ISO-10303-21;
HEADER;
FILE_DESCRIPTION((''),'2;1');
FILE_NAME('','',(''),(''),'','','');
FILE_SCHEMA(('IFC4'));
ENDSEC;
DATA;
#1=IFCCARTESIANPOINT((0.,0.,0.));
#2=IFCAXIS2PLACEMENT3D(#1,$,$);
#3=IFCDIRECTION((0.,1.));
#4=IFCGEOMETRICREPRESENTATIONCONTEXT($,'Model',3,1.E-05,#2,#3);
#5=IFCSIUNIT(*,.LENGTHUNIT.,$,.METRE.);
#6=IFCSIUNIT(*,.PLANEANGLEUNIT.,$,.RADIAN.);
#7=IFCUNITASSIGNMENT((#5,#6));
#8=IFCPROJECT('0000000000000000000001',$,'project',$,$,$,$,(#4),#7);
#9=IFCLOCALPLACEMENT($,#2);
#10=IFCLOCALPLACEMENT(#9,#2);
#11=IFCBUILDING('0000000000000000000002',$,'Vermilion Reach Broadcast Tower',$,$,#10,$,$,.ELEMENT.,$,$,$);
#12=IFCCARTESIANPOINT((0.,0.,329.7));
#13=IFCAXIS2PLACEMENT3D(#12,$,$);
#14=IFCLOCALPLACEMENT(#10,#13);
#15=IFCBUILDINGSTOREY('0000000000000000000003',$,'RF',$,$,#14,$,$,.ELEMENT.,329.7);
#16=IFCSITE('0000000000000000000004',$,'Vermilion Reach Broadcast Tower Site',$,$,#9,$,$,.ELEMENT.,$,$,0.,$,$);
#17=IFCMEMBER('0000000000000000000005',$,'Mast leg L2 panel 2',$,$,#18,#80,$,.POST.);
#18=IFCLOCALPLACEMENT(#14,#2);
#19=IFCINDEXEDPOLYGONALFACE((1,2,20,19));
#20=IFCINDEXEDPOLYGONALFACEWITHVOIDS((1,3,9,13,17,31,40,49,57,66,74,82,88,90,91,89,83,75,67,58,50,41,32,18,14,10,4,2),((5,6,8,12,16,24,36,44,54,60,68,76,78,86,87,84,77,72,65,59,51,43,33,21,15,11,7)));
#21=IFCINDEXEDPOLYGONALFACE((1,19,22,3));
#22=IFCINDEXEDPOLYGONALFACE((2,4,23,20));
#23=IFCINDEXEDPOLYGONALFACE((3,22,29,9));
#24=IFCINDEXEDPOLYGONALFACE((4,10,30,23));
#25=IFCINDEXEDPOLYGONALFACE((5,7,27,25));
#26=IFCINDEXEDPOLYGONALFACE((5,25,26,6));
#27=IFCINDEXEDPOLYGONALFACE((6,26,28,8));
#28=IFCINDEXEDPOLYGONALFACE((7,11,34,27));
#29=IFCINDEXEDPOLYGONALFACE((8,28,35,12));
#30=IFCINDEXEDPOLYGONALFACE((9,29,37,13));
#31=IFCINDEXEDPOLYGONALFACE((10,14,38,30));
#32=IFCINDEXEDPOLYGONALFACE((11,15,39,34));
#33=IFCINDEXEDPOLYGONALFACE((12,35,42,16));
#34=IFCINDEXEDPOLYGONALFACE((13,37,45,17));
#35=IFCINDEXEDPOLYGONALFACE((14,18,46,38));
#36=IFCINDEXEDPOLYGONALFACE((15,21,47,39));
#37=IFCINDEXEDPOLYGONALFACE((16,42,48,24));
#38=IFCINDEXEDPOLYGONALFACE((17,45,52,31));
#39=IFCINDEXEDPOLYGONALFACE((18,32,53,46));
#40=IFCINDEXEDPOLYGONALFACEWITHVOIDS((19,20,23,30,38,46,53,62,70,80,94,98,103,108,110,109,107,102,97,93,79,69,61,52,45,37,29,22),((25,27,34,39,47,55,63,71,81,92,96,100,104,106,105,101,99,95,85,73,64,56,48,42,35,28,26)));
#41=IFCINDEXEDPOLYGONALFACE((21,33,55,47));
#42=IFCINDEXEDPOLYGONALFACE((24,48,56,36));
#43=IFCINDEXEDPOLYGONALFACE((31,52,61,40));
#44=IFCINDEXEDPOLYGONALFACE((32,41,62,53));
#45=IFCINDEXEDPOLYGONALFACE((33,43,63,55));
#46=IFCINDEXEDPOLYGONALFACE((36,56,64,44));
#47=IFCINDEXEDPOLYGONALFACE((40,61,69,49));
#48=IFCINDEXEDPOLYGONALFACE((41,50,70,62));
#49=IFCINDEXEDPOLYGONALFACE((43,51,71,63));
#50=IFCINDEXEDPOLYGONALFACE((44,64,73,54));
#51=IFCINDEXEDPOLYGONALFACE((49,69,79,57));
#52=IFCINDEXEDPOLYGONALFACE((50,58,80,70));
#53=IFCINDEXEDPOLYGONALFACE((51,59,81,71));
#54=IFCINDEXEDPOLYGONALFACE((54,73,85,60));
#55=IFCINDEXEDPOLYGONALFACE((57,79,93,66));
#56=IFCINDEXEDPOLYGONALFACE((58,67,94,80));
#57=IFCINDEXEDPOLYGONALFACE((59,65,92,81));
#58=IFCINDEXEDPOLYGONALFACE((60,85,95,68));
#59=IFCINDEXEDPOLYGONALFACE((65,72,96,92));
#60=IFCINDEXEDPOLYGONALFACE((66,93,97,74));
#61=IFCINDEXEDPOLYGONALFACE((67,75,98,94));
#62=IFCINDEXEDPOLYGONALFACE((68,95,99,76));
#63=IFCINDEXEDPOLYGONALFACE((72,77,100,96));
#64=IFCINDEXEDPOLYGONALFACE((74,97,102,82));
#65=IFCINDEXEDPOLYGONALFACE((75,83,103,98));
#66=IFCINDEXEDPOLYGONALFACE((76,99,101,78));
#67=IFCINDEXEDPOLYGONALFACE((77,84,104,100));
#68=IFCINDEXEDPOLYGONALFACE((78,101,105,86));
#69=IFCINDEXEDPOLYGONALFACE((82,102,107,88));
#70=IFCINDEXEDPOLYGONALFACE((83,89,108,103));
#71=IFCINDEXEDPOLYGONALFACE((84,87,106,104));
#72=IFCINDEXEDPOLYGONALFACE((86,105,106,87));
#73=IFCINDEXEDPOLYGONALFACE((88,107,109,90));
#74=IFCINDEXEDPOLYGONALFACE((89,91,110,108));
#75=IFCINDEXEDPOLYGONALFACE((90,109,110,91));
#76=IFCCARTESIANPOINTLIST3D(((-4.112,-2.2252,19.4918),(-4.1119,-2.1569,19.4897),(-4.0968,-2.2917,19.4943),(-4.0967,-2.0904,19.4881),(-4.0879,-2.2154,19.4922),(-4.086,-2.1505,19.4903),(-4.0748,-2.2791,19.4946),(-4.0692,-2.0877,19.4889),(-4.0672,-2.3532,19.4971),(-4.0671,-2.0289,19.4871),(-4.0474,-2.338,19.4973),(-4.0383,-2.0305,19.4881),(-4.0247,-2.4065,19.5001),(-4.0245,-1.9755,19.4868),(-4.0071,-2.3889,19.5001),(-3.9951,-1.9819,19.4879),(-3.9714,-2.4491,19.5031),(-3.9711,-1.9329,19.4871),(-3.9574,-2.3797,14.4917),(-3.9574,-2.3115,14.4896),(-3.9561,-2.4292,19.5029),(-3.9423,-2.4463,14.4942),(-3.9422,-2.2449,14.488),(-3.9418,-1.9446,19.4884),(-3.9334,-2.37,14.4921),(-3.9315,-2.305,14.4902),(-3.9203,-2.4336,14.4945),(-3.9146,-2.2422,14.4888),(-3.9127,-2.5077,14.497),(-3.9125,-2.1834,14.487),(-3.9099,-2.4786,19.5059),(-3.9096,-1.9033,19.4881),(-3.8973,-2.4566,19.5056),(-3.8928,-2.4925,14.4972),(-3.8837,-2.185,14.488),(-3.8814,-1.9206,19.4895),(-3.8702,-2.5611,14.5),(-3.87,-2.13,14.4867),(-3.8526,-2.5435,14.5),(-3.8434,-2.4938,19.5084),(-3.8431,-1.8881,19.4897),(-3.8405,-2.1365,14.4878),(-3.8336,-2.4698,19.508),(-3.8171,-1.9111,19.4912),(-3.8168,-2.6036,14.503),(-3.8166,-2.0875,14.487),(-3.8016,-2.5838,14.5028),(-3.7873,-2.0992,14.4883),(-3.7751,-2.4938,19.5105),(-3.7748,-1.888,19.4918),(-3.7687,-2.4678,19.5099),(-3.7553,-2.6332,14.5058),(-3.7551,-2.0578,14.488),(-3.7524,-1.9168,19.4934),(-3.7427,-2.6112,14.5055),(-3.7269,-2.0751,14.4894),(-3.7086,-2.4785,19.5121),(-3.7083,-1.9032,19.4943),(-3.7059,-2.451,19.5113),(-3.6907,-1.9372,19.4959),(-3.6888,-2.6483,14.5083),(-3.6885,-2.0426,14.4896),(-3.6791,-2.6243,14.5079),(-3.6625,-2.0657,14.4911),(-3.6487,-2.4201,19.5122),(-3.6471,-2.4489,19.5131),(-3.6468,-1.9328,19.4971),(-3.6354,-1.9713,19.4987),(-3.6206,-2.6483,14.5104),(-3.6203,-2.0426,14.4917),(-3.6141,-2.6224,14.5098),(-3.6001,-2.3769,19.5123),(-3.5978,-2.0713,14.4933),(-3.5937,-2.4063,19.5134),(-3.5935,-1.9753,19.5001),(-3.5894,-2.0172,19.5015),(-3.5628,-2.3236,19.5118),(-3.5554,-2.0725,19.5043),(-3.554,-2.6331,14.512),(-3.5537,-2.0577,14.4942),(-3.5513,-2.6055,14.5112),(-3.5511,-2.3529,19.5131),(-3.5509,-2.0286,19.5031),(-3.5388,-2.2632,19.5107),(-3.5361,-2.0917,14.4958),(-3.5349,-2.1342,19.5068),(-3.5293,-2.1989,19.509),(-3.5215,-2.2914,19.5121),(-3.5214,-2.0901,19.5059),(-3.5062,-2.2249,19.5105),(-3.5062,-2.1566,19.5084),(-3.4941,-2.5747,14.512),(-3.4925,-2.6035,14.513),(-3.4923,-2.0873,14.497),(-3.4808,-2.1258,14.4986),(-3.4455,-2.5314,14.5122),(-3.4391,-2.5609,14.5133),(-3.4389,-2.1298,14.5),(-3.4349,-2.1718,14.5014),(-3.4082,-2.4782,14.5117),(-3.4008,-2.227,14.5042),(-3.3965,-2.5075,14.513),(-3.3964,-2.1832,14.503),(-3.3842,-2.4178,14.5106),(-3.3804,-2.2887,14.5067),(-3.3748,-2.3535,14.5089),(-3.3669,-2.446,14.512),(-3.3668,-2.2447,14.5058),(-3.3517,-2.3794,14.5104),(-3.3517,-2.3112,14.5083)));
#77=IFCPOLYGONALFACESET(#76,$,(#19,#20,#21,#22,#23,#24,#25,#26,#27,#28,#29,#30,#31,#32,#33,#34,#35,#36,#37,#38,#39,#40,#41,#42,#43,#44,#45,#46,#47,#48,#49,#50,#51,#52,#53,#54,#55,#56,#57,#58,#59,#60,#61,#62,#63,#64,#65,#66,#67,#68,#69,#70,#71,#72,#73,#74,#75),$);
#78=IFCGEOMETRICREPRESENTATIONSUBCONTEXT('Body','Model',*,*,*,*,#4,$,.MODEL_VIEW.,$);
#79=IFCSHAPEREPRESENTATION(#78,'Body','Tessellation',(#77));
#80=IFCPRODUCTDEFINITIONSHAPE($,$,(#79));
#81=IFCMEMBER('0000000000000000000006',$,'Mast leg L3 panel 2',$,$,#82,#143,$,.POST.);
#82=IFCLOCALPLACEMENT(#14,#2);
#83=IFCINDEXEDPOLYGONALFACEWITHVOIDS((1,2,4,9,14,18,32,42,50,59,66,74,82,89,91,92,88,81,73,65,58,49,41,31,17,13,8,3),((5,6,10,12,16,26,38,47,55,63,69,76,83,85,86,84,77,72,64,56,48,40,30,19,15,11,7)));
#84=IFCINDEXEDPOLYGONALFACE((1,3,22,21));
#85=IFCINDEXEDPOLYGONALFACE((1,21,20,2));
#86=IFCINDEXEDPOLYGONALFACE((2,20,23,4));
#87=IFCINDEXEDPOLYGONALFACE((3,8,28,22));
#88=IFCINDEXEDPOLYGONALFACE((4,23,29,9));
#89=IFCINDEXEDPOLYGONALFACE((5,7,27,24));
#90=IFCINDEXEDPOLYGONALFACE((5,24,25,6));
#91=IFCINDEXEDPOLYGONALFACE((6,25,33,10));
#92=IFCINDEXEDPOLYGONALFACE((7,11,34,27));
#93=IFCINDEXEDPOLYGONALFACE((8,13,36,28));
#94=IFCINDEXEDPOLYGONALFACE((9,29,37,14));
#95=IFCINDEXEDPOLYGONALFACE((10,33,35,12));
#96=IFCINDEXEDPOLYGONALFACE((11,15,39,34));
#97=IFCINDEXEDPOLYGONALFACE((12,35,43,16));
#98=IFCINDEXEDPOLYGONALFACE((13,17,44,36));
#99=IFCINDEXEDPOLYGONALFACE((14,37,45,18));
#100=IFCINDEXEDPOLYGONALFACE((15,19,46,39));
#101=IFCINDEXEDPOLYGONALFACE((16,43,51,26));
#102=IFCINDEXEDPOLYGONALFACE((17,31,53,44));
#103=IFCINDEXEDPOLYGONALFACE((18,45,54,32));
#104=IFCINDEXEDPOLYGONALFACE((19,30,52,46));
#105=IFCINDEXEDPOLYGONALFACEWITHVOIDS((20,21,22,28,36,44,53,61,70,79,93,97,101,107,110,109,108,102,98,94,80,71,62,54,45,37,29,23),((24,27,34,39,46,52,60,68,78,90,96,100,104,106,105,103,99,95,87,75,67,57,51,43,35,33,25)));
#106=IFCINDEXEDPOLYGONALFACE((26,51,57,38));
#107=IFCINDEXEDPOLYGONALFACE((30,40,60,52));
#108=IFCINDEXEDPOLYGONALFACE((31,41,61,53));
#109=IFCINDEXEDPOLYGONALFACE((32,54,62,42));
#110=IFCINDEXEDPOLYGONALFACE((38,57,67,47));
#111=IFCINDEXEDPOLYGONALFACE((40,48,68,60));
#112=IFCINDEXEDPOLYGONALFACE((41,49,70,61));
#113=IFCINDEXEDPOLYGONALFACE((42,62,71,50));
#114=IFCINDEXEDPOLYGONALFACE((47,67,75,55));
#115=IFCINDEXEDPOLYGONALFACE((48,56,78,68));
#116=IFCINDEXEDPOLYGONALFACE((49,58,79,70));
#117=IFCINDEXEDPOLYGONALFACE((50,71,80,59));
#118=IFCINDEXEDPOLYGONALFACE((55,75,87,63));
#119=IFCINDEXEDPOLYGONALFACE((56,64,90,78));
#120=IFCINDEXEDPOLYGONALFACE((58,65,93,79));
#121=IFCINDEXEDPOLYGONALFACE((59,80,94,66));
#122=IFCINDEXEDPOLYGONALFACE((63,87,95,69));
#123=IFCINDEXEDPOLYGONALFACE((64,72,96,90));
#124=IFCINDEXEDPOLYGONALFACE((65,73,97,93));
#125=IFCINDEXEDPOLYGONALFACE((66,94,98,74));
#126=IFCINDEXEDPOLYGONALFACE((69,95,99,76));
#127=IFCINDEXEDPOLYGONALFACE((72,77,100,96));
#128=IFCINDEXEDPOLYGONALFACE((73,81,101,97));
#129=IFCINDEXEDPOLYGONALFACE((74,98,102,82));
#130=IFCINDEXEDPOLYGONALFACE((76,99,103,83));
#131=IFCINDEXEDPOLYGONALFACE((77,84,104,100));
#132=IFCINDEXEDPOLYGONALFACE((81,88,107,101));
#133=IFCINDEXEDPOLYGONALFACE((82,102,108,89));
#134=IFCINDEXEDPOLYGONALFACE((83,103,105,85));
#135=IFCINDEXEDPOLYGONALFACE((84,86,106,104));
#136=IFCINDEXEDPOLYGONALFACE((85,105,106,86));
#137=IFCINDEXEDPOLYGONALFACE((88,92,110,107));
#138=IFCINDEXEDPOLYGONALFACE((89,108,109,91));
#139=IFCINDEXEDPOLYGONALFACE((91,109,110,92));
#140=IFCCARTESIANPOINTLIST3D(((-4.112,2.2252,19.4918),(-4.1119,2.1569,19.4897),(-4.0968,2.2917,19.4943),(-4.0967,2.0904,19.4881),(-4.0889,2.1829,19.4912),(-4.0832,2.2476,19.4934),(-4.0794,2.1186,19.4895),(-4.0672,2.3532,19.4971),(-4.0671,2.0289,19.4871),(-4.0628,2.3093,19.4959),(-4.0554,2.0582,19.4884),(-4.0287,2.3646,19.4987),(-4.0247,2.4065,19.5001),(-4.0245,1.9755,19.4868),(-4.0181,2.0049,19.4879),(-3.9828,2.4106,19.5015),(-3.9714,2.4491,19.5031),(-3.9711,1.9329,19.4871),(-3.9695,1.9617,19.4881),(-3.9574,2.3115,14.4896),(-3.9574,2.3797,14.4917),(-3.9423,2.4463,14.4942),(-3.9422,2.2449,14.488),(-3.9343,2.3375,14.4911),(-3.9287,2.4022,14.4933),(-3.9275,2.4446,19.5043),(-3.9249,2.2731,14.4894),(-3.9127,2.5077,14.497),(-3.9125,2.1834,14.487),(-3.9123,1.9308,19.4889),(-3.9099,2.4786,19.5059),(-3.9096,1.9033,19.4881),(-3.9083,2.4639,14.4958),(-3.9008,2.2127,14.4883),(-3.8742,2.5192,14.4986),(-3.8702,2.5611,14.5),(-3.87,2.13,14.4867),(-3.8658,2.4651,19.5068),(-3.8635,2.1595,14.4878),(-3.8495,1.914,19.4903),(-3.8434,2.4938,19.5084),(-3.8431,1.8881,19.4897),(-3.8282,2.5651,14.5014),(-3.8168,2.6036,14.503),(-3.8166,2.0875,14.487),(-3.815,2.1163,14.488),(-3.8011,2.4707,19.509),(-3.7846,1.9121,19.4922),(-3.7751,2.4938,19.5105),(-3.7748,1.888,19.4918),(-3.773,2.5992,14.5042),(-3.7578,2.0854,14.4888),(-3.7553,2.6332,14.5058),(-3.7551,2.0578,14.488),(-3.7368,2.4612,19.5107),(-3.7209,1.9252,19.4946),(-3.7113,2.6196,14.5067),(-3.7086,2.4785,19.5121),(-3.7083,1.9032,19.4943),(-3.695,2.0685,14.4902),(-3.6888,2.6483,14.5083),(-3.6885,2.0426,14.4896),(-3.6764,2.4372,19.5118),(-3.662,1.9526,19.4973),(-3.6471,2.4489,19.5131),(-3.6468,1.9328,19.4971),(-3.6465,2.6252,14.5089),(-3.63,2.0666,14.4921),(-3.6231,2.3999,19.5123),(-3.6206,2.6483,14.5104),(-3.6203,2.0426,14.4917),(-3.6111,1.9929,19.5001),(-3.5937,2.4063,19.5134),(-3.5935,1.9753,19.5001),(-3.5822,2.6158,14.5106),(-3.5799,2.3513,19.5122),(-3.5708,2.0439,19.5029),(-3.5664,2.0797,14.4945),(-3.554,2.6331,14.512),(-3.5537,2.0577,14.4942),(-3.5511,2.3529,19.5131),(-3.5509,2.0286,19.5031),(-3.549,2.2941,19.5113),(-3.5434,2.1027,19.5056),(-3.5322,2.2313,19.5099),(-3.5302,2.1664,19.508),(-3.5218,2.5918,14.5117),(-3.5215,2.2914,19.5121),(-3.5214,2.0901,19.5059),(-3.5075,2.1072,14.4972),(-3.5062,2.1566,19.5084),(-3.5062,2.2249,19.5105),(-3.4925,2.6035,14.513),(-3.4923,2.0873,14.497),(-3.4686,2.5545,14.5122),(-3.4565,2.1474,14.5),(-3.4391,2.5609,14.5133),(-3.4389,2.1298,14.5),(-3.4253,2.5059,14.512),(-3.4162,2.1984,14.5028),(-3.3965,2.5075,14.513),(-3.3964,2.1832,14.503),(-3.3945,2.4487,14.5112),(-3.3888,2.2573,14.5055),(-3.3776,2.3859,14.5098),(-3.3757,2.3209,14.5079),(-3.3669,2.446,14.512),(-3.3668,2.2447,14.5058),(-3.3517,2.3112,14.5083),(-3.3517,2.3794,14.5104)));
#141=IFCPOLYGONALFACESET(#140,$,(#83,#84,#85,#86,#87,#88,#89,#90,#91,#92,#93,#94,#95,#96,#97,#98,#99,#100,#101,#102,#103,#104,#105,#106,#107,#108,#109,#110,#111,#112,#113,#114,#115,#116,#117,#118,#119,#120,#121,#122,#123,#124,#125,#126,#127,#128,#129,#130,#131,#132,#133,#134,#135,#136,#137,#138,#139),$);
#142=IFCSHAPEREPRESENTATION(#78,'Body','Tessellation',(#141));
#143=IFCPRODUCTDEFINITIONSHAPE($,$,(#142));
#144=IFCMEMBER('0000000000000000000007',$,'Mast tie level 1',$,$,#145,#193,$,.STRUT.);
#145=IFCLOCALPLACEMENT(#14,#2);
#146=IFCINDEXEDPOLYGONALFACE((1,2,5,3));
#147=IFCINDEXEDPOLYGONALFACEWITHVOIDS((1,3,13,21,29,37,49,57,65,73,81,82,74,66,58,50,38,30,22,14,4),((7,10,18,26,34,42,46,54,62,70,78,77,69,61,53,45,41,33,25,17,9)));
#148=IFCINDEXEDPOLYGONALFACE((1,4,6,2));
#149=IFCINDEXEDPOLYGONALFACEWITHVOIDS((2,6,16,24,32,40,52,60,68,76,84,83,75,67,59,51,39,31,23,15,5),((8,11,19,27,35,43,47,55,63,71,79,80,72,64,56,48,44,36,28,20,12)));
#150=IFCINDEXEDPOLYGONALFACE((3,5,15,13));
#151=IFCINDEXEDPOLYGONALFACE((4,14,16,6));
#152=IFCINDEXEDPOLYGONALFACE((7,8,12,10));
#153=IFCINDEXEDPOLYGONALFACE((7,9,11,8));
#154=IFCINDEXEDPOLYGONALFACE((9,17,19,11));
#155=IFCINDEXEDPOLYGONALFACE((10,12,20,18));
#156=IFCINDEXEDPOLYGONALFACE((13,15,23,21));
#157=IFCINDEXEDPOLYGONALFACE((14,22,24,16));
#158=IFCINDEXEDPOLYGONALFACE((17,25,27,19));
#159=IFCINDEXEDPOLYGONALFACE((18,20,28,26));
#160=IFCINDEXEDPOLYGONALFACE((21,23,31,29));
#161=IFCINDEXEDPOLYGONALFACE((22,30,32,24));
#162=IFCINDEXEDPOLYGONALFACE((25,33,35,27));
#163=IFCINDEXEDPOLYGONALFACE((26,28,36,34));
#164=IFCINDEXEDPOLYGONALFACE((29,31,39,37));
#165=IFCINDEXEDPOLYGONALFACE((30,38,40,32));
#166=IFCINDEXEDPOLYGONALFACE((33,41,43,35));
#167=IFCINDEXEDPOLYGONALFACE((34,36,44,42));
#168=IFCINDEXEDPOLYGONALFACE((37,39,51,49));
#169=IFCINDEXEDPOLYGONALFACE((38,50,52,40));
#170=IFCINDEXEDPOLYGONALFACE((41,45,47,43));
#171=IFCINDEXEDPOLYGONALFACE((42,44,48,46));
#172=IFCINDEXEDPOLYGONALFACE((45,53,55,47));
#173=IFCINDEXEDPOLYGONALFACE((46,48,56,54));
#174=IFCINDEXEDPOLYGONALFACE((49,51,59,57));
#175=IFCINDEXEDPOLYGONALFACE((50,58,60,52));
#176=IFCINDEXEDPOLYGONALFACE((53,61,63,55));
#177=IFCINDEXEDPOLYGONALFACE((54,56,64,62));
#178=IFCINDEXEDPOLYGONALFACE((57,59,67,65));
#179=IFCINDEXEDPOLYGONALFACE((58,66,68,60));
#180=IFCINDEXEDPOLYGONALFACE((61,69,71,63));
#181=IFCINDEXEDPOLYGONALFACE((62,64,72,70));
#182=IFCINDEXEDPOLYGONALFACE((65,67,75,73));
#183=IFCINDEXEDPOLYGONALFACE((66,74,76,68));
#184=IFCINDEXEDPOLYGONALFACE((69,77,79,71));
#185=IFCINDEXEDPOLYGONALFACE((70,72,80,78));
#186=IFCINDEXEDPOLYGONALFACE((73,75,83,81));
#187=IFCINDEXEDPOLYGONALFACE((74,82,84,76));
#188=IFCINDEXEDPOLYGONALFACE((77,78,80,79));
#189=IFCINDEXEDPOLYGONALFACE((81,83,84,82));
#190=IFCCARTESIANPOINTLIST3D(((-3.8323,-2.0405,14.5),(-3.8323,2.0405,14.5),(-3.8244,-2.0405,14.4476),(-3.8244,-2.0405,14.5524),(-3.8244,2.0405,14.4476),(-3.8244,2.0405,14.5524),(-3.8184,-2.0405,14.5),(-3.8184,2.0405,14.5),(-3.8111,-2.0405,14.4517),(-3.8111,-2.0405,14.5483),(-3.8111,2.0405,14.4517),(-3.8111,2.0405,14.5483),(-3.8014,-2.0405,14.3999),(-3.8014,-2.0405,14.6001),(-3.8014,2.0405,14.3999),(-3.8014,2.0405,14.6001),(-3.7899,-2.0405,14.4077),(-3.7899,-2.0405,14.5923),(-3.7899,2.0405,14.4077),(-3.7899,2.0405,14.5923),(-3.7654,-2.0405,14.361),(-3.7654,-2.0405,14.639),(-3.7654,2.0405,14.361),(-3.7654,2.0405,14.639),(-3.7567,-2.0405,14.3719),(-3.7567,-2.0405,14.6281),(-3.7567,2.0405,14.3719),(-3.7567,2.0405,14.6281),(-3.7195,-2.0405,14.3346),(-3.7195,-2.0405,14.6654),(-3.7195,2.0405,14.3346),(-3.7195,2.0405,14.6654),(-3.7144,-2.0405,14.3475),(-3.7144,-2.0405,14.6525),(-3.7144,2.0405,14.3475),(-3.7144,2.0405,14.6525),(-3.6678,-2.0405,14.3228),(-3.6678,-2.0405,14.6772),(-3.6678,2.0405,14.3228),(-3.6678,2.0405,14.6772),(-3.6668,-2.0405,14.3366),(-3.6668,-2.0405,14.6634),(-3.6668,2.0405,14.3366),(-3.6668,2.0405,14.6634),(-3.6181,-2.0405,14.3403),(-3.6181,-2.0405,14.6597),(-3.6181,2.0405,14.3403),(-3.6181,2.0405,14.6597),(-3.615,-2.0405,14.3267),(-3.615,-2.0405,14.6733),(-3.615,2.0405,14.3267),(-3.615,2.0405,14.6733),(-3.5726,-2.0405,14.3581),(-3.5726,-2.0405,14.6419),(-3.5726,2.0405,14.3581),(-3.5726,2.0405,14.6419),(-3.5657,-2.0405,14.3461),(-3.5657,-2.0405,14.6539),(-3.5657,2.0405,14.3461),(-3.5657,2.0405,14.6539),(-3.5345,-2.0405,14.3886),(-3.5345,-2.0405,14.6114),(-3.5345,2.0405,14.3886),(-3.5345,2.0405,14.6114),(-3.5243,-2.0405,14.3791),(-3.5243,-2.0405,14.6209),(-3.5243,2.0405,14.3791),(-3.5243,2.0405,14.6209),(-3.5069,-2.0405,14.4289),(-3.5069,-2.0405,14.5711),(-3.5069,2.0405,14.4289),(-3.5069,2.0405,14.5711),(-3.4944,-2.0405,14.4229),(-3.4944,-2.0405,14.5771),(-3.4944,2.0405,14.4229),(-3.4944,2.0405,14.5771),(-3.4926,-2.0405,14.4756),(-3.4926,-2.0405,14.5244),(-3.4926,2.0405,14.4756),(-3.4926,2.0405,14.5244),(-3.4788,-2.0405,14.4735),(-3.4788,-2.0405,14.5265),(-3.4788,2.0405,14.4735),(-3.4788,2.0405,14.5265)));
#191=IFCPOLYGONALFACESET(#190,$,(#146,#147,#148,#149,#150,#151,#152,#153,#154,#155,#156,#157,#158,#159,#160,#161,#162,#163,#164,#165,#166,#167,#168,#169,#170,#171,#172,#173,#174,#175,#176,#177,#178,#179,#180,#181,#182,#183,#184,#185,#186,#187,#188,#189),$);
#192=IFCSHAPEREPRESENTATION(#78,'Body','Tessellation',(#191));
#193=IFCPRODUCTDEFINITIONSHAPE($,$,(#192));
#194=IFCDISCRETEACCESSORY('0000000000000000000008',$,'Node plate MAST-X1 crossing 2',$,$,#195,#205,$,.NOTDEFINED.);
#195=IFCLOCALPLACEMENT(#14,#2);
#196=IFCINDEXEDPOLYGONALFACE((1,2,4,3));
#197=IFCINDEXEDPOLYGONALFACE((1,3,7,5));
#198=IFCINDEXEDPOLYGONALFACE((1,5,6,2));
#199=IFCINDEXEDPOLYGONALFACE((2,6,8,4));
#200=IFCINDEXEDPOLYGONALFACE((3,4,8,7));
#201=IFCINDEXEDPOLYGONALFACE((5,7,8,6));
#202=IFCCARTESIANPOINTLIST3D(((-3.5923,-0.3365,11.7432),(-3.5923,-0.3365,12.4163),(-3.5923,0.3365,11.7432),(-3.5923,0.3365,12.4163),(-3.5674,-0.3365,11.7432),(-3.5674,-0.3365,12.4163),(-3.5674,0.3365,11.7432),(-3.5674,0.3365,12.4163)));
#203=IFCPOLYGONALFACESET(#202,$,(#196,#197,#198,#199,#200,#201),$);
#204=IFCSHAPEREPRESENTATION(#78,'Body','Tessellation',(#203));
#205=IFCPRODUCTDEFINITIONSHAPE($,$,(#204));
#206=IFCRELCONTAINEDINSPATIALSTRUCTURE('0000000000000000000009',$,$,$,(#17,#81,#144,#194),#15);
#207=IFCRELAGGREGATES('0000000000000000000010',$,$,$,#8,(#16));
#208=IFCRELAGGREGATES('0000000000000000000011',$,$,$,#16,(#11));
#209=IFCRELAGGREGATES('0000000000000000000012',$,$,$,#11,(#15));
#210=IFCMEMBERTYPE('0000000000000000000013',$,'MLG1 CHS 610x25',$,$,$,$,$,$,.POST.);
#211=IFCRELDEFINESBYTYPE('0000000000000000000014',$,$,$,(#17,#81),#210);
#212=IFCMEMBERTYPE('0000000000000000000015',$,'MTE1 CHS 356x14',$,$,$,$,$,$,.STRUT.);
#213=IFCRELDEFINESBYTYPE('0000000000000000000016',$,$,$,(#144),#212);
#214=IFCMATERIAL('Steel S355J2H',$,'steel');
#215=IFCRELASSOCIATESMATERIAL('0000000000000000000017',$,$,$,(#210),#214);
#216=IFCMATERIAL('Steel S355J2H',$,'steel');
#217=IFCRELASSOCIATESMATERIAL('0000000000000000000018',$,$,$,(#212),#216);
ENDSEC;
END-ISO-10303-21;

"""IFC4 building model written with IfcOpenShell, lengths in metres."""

from ifc_helpers import new_model, si_unit, direction, frame, origin, origin_2d, place, context, subcontext, project, spatial, rectangle, hollow_circle, extrude, material, material_profile, profile_set, type_object, element, save


model = new_model("IFC4")

# Units and contexts
model_context = context("Model", 3, precision=1e-05, world=origin(), true_north=direction((0.0, 1.0)))
body_context = subcontext(model_context, "Body", "Model", "MODEL_VIEW")
ifc_project = project(units=[si_unit("LENGTHUNIT", "METRE"), si_unit("PLANEANGLEUNIT", "RADIAN")], contexts=[model_context])

# Site, building, storey
site_placement = place(None, origin())
site = spatial("IfcSite", under=ifc_project, at=site_placement, Name="Vermilion Reach Broadcast Tower Site", CompositionType="ELEMENT", RefElevation=0.0)
building_placement = place(site_placement, origin())
building = spatial("IfcBuilding", under=site, at=building_placement, Name="Vermilion Reach Broadcast Tower", CompositionType="ELEMENT")
storey_placement = place(building_placement, frame((0.0, 0.0, 329.7)))
storey = spatial("IfcBuildingStorey", under=building, at=storey_placement, Name="RF", CompositionType="ELEMENT", Elevation=329.7)

# Members
ifc_material_1 = material(Name="Steel S355J2H", Category="steel")
ifc_material_profile_1 = material_profile(ifc_material_1, hollow_circle(Radius=0.3049, WallThickness=0.0249, at=origin_2d()), Name="S355J2H CHS 610x25")
ifc_profile_set_1 = profile_set([ifc_material_profile_1], Name="Steel S355J2H")
member_type_1 = type_object("IfcMemberType", Name="MLG1 CHS 610x25", PredefinedType="POST", material=ifc_profile_set_1)
for number, where, z_axis, x_axis, name in (
    (1, (-3.6545, -2.3455, 14.5), (-0.030879, 0.030879, 0.999046), (-0.707107, -0.707107, 0.0), "Mast leg L2 panel 2"),
    (2, (-3.6545, 2.3455, 14.5), (-0.030879, -0.030879, 0.999046), (0.707107, -0.707107, 0.0), "Mast leg L3 panel 2"),
):
    element("IfcMember", number, at=place(storey_placement, frame(where, z_axis=z_axis, x_axis=x_axis)), inside=storey, type_object=member_type_1, Name=name, PredefinedType="POST", context=body_context, shape_type="SweptSolid", body=[
        extrude(hollow_circle(Radius=0.3049, WallThickness=0.0249, at=origin_2d()), origin(), (0.0, 0.0, 1.0), 5.0049),
    ])
ifc_material_2 = material(Name="Steel S355J2H", Category="steel")
ifc_material_profile_2 = material_profile(ifc_material_2, hollow_circle(Radius=0.1777, WallThickness=0.0139, at=origin_2d()), Name="S355J2H CHS 356x14")
ifc_profile_set_2 = profile_set([ifc_material_profile_2], Name="Steel S355J2H")
member_type_2 = type_object("IfcMemberType", Name="MTE1 CHS 356x14", PredefinedType="STRUT", material=ifc_profile_set_2)
member_1_placement = place(storey_placement, frame((-3.6545, -2.0405, 14.5), z_axis=(0.0, 1.0, 0.0), x_axis=(-1.0, 0.0, 0.0)))
element("IfcMember", 3, at=member_1_placement, inside=storey, type_object=member_type_2, Name="Mast tie level 1", PredefinedType="STRUT", context=body_context, shape_type="SweptSolid", body=[
    extrude(hollow_circle(Radius=0.1777, WallThickness=0.0139, at=origin_2d()), origin(), (0.0, 0.0, 1.0), 4.0811),
])

# Discrete accessory
discrete_accessory_placement = place(storey_placement, frame((-3.5798, 0.0, 11.7432), z_axis=(0.0, 0.0, 1.0), x_axis=(-1.0, 0.0, 0.0)))
element("IfcDiscreteAccessory", 4, at=discrete_accessory_placement, inside=storey, Name="Node plate MAST-X1 crossing 2", PredefinedType="NOTDEFINED", context=body_context, shape_type="SweptSolid", body=[
    extrude(rectangle(XDim=0.0249, YDim=0.6731, at=origin_2d()), origin(), (0.0, 0.0, 1.0), 0.6731),
])

save(model, "model.ifc")
